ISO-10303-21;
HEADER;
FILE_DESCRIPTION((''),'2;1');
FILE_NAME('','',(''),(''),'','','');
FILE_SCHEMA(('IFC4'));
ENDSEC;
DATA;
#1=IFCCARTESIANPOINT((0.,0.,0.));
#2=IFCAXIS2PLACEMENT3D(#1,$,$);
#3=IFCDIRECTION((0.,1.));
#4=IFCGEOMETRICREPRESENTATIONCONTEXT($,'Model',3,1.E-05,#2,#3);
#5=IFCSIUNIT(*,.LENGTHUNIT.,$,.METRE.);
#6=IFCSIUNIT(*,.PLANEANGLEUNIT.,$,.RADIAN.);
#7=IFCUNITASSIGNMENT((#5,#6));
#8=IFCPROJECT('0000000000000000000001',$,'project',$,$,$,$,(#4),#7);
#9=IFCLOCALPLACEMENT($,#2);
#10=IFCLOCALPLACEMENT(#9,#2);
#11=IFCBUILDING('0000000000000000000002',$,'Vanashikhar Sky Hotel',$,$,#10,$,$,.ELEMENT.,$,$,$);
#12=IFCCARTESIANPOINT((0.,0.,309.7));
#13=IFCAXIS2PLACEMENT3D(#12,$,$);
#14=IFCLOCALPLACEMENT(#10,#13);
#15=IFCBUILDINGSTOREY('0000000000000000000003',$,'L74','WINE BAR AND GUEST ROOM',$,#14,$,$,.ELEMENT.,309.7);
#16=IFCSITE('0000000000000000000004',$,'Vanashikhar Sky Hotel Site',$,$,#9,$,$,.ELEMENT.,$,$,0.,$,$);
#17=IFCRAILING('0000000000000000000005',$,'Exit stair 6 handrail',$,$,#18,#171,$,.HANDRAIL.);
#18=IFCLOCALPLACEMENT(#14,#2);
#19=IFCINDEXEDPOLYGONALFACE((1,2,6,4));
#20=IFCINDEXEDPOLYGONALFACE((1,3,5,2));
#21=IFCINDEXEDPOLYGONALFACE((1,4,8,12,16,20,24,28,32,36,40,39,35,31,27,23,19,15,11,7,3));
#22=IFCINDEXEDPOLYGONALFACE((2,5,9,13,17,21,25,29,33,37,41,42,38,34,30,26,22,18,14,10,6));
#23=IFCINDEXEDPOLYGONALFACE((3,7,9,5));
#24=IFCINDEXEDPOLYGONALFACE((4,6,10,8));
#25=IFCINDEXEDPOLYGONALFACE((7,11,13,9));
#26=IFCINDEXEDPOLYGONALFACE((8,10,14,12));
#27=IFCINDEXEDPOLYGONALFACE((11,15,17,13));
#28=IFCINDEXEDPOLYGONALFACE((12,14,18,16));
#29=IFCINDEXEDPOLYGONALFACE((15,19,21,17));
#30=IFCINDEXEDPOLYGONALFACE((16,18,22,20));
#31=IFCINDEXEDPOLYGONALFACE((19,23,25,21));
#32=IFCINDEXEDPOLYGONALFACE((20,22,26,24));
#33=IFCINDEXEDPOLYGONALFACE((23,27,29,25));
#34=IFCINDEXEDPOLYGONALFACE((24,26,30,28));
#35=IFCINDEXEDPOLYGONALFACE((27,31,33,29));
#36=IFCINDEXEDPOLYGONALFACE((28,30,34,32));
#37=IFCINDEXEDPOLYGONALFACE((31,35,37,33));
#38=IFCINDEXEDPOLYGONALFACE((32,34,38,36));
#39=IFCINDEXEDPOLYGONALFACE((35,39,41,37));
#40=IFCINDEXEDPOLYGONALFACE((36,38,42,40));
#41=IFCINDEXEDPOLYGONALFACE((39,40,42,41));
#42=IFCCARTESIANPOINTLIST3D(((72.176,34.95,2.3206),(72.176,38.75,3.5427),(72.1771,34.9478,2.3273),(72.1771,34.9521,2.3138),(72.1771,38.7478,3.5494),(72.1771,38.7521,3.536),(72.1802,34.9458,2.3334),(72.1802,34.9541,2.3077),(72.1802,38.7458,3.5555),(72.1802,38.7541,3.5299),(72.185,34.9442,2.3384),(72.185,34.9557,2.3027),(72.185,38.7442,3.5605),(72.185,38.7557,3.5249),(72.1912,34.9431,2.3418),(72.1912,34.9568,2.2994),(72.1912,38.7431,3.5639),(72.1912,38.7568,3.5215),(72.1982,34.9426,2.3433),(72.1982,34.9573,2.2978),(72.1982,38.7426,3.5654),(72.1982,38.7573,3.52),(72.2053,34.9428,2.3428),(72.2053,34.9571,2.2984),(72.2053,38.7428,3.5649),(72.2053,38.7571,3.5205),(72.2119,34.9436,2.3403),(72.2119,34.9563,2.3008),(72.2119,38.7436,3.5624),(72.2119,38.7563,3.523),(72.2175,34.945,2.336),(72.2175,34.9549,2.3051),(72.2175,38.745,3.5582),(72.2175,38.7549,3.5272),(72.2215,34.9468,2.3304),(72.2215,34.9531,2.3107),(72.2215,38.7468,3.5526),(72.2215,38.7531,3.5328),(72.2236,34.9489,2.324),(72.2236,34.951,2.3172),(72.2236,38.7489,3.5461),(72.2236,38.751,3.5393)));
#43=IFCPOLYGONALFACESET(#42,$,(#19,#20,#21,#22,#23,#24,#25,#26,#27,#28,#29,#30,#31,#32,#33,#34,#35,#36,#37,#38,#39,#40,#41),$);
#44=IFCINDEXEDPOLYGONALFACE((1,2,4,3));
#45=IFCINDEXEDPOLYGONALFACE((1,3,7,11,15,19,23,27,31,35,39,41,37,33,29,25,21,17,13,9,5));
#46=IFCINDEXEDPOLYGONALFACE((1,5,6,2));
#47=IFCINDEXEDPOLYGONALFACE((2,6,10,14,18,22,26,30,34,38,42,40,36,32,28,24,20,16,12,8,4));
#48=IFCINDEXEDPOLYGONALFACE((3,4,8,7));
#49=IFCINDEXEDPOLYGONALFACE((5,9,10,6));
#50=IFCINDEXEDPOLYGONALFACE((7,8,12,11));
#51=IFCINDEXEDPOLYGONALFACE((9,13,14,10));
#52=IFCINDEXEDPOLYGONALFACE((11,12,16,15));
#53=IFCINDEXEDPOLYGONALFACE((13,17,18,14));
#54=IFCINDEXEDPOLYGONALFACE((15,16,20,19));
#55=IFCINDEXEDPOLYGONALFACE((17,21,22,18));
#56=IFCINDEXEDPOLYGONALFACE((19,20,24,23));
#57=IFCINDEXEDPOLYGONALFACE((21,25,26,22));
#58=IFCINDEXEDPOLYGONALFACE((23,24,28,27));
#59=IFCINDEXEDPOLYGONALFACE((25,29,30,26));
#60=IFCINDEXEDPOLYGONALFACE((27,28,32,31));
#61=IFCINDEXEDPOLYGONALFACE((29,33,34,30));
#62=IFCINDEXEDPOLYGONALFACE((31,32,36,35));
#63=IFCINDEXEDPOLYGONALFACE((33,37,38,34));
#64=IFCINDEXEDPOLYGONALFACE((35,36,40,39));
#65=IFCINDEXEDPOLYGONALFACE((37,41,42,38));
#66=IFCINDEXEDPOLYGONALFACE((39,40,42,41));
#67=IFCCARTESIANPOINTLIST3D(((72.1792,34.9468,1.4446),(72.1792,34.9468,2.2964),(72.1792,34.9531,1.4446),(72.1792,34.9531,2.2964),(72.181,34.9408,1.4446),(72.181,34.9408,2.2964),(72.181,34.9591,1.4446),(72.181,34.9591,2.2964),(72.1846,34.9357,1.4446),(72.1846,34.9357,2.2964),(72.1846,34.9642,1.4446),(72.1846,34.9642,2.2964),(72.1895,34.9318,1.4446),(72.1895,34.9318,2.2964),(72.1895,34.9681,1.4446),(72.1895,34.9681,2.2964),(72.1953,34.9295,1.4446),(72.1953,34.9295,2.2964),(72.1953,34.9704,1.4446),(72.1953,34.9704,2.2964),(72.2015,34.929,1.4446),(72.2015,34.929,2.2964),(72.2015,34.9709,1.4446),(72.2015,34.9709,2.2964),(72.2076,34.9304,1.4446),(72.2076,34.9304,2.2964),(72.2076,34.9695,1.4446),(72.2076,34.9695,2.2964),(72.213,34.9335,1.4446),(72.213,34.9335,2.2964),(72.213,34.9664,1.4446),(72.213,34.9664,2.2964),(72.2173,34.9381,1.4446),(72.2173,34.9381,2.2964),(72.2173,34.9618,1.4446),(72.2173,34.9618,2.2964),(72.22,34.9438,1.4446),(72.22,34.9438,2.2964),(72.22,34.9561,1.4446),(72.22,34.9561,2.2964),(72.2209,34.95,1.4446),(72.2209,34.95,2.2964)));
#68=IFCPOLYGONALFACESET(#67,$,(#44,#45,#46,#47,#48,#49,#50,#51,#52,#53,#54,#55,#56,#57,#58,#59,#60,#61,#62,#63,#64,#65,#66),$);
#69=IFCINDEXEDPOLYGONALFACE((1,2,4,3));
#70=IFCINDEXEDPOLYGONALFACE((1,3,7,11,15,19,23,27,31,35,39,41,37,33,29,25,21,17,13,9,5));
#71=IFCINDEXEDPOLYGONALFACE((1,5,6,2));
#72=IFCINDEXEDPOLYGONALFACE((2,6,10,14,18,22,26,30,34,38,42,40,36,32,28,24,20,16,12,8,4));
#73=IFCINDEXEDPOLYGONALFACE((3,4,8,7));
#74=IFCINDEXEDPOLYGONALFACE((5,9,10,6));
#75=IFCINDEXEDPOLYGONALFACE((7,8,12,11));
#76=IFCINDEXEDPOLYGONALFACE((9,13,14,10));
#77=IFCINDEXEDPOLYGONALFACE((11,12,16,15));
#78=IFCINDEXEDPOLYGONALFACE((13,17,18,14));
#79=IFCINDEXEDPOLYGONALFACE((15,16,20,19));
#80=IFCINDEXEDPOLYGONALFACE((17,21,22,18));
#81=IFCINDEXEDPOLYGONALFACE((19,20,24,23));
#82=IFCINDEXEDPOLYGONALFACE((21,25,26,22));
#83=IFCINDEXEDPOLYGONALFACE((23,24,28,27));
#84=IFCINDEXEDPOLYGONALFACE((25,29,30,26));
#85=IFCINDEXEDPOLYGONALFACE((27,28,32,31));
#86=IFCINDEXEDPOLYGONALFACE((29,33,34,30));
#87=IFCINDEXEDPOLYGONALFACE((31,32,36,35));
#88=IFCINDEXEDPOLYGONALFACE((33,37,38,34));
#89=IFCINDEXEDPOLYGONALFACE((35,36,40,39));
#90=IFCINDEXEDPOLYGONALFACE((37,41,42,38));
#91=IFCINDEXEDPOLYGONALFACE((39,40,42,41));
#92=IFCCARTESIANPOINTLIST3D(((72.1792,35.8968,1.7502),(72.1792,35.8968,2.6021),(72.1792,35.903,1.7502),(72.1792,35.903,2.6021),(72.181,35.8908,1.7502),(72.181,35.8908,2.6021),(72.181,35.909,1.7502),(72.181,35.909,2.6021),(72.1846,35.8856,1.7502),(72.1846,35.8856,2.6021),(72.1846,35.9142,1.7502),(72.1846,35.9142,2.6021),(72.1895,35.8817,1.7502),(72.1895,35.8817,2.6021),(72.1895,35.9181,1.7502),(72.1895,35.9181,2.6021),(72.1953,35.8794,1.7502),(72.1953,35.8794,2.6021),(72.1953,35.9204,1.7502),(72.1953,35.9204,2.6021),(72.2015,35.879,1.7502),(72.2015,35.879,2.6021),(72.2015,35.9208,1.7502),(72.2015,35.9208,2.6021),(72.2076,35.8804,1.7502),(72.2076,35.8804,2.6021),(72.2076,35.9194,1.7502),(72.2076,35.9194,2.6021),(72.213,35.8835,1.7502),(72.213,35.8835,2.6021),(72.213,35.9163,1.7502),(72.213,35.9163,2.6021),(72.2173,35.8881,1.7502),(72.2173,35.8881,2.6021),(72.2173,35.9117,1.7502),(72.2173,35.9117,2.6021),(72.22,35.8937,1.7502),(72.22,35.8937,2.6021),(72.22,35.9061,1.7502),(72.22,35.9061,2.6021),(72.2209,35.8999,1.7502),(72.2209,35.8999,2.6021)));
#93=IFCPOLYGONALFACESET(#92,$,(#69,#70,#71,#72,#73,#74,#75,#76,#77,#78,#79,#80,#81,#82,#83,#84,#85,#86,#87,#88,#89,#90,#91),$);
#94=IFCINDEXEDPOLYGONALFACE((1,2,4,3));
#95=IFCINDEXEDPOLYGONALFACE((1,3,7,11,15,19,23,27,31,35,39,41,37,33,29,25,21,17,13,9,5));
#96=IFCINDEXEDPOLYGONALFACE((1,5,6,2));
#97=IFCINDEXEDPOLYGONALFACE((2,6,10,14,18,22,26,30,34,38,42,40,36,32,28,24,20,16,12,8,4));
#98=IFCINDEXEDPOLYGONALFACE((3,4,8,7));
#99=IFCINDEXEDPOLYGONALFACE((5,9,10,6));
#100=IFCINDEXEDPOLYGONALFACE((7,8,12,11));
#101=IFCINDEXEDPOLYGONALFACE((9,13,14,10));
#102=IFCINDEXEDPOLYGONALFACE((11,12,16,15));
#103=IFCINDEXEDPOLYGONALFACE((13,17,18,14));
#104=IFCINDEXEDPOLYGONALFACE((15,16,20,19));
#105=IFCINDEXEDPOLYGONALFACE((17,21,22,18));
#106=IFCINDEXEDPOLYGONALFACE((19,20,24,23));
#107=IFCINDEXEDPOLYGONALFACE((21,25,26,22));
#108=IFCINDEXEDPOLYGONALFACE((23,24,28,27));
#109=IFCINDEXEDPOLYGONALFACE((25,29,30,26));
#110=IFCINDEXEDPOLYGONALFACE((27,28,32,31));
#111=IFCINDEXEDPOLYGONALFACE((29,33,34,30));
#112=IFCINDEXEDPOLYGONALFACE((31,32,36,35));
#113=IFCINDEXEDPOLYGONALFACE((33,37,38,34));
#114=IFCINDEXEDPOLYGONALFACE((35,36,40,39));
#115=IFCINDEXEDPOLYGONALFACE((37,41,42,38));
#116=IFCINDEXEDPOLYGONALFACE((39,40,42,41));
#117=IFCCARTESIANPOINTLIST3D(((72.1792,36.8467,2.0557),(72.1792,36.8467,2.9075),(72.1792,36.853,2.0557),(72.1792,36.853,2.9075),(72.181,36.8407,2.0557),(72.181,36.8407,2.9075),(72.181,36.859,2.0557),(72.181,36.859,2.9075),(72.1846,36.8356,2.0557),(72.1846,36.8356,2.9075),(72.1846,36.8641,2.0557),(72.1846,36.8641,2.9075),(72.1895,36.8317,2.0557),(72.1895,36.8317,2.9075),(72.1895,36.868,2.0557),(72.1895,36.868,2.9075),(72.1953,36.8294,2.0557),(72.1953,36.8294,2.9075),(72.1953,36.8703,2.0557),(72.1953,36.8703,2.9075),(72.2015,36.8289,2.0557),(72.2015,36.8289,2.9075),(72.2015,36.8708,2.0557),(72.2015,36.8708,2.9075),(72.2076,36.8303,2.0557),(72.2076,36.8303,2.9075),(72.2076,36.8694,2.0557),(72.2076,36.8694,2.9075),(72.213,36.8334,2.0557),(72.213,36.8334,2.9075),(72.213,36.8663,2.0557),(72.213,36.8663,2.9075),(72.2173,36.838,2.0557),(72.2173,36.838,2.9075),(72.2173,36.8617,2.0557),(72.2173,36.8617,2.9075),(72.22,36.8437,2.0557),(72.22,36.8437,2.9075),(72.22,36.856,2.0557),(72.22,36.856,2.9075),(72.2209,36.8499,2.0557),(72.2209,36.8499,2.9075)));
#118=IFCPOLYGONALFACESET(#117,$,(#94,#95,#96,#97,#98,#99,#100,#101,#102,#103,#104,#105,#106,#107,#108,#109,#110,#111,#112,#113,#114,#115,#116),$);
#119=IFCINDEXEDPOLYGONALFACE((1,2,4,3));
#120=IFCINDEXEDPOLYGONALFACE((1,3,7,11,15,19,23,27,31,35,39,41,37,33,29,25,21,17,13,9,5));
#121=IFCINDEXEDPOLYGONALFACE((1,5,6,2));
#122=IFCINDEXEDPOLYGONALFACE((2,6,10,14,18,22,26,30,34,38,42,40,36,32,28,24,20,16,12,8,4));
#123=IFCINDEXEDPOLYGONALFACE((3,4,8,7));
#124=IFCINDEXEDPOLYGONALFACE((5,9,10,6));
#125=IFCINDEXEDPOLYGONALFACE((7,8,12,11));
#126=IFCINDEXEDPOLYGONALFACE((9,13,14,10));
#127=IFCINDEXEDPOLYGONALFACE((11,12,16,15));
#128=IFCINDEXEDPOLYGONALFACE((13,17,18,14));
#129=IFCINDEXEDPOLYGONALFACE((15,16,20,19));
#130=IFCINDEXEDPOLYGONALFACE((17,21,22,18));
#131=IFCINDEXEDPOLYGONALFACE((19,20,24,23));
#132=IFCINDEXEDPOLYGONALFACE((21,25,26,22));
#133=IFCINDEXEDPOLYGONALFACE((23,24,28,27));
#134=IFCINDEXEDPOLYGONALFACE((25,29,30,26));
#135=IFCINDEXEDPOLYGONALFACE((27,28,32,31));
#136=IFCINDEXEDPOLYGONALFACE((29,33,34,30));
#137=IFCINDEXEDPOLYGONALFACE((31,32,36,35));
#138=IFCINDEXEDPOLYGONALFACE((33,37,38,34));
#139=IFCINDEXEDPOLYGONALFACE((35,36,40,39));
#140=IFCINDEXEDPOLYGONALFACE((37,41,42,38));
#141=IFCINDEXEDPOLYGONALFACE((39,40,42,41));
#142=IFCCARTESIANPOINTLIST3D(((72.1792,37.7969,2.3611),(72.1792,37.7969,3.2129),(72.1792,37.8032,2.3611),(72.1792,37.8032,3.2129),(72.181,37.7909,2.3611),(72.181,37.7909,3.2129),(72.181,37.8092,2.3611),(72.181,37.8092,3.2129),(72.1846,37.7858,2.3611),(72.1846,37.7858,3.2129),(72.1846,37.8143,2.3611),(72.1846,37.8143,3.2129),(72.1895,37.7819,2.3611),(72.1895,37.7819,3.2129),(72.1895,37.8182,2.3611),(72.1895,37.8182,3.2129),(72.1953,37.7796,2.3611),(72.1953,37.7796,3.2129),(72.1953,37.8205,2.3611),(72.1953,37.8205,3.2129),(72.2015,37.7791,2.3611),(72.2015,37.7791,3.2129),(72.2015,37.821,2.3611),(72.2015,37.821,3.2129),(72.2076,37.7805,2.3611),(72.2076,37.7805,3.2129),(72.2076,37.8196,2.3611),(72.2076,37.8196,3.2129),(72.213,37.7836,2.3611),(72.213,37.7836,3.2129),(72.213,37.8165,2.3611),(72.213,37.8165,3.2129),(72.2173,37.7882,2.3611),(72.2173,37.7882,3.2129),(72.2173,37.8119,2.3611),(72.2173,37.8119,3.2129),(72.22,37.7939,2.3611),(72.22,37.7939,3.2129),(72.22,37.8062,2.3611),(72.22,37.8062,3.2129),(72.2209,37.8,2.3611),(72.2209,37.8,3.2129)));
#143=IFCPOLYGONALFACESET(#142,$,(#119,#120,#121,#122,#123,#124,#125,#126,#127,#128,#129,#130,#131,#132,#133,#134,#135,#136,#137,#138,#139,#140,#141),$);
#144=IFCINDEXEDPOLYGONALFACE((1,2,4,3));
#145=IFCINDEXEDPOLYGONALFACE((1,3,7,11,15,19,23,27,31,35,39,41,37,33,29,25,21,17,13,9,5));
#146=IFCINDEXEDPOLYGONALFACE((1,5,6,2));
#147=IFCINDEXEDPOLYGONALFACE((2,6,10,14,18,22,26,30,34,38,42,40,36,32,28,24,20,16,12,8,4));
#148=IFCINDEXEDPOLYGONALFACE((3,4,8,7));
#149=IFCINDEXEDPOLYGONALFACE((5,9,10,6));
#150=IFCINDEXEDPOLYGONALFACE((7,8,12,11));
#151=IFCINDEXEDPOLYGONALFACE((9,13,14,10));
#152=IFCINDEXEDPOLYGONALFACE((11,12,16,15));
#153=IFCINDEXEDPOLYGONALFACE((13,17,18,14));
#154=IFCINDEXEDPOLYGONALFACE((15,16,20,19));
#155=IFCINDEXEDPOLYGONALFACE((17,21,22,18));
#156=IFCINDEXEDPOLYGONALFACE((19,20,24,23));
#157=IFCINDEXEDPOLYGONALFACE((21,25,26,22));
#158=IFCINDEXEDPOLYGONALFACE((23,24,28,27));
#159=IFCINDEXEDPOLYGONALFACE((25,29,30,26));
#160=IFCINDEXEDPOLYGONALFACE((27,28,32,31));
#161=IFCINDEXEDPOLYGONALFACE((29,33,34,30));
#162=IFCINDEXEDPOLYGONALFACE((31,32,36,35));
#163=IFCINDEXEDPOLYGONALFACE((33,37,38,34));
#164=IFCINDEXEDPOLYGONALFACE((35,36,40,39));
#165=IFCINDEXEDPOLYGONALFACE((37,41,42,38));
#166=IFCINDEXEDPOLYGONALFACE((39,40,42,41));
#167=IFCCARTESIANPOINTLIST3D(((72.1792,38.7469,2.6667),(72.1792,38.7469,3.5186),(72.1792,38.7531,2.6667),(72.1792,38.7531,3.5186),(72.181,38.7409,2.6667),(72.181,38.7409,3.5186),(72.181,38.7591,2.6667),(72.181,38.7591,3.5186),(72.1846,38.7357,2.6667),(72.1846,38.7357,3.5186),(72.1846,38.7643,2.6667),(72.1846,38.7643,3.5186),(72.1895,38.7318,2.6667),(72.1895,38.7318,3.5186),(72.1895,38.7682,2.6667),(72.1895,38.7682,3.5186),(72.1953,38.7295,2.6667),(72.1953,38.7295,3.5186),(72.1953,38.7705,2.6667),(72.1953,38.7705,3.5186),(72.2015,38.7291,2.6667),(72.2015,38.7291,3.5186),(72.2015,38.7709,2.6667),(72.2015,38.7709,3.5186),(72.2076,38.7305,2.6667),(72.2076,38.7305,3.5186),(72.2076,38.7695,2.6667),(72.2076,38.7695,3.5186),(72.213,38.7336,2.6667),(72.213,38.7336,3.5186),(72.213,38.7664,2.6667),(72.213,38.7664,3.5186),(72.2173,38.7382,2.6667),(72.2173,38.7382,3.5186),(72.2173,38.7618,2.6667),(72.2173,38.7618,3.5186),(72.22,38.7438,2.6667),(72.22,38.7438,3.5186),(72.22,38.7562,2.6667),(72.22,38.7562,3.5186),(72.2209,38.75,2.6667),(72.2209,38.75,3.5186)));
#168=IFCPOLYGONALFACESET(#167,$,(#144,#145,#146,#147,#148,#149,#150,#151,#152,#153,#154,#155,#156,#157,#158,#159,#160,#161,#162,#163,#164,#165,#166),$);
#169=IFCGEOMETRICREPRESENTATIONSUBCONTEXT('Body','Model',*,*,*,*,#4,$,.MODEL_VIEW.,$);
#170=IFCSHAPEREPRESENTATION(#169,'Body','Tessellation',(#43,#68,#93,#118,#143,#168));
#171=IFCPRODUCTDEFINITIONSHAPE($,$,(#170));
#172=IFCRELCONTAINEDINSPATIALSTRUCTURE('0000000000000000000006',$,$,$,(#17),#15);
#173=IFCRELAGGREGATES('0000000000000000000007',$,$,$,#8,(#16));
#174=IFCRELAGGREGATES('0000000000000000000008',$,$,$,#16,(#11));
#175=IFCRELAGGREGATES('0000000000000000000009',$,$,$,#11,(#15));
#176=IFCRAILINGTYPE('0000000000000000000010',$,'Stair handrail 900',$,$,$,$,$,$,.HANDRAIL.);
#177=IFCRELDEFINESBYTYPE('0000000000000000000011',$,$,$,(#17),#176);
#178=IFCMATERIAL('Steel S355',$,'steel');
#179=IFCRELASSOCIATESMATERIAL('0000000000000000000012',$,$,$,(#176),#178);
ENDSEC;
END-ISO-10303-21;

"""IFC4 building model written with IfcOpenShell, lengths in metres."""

from ifc_helpers import new_model, si_unit, direction, frame, origin, origin_2d, place, context, subcontext, project, spatial, circle, extrude, source, transform, mapped, material, type_object, element, save


model = new_model("IFC4")

# Units and contexts
model_context = context("Model", 3, precision=1e-05, world=origin(), true_north=direction((0.0, 1.0)))
body_context = subcontext(model_context, "Body", "Model", "MODEL_VIEW")
ifc_project = project(units=[si_unit("LENGTHUNIT", "METRE"), si_unit("PLANEANGLEUNIT", "RADIAN")], contexts=[model_context])

# Site, building, storey
site_placement = place(None, origin())
site = spatial("IfcSite", under=ifc_project, at=site_placement, Name="Vanashikhar Sky Hotel Site", CompositionType="ELEMENT", RefElevation=0.0)
building_placement = place(site_placement, origin())
building = spatial("IfcBuilding", under=site, at=building_placement, Name="Vanashikhar Sky Hotel", CompositionType="ELEMENT")
storey_placement = place(building_placement, frame((0.0, 0.0, 309.7)))
storey = spatial("IfcBuildingStorey", under=building, at=storey_placement, Name="L74", Description="WINE BAR AND GUEST ROOM", CompositionType="ELEMENT", Elevation=309.7)

# Railing
ifc_material_1 = material(Name="Steel S355", Category="steel")
railing_type_1 = type_object("IfcRailingType", Name="Stair handrail 900", PredefinedType="HANDRAIL", material=ifc_material_1)
shared_shape_1 = source(origin(), body_context, "Body", "SweptSolid", [
    extrude(circle(Radius=0.0239, at=origin_2d()), frame((0.0, 0.0, 0.876), z_axis=(0.0, 0.951976, 0.306173), x_axis=(-1.0, 0.0, 0.0)), (0.0, 0.0, 1.0), 3.9917),
    extrude(circle(Radius=0.021, at=origin_2d()), origin(), (0.0, 0.0, 1.0), 0.8518),
    extrude(circle(Radius=0.021, at=origin_2d()), frame((0.0, 0.95, 0.3057)), (0.0, 0.0, 1.0), 0.8518),
    extrude(circle(Radius=0.021, at=origin_2d()), frame((0.0, 1.8999, 0.6111)), (0.0, 0.0, 1.0), 0.8518),
    extrude(circle(Radius=0.021, at=origin_2d()), frame((0.0, 2.8501, 0.9165)), (0.0, 0.0, 1.0), 0.8518),
    extrude(circle(Radius=0.021, at=origin_2d()), frame((0.0, 3.8, 1.2222)), (0.0, 0.0, 1.0), 0.8518),
])
railing_1_placement = place(storey_placement, frame((72.2, 34.95, 1.4446)))
element("IfcRailing", 1, at=railing_1_placement, inside=storey, type_object=railing_type_1, Name="Exit stair 6 handrail", PredefinedType="HANDRAIL", context=body_context, shape_type="MappedRepresentation", body=[
    mapped(shared_shape_1, transform((0.0, 0.0, 0.0), scale=1.0)),
])

save(model, "model.ifc")
